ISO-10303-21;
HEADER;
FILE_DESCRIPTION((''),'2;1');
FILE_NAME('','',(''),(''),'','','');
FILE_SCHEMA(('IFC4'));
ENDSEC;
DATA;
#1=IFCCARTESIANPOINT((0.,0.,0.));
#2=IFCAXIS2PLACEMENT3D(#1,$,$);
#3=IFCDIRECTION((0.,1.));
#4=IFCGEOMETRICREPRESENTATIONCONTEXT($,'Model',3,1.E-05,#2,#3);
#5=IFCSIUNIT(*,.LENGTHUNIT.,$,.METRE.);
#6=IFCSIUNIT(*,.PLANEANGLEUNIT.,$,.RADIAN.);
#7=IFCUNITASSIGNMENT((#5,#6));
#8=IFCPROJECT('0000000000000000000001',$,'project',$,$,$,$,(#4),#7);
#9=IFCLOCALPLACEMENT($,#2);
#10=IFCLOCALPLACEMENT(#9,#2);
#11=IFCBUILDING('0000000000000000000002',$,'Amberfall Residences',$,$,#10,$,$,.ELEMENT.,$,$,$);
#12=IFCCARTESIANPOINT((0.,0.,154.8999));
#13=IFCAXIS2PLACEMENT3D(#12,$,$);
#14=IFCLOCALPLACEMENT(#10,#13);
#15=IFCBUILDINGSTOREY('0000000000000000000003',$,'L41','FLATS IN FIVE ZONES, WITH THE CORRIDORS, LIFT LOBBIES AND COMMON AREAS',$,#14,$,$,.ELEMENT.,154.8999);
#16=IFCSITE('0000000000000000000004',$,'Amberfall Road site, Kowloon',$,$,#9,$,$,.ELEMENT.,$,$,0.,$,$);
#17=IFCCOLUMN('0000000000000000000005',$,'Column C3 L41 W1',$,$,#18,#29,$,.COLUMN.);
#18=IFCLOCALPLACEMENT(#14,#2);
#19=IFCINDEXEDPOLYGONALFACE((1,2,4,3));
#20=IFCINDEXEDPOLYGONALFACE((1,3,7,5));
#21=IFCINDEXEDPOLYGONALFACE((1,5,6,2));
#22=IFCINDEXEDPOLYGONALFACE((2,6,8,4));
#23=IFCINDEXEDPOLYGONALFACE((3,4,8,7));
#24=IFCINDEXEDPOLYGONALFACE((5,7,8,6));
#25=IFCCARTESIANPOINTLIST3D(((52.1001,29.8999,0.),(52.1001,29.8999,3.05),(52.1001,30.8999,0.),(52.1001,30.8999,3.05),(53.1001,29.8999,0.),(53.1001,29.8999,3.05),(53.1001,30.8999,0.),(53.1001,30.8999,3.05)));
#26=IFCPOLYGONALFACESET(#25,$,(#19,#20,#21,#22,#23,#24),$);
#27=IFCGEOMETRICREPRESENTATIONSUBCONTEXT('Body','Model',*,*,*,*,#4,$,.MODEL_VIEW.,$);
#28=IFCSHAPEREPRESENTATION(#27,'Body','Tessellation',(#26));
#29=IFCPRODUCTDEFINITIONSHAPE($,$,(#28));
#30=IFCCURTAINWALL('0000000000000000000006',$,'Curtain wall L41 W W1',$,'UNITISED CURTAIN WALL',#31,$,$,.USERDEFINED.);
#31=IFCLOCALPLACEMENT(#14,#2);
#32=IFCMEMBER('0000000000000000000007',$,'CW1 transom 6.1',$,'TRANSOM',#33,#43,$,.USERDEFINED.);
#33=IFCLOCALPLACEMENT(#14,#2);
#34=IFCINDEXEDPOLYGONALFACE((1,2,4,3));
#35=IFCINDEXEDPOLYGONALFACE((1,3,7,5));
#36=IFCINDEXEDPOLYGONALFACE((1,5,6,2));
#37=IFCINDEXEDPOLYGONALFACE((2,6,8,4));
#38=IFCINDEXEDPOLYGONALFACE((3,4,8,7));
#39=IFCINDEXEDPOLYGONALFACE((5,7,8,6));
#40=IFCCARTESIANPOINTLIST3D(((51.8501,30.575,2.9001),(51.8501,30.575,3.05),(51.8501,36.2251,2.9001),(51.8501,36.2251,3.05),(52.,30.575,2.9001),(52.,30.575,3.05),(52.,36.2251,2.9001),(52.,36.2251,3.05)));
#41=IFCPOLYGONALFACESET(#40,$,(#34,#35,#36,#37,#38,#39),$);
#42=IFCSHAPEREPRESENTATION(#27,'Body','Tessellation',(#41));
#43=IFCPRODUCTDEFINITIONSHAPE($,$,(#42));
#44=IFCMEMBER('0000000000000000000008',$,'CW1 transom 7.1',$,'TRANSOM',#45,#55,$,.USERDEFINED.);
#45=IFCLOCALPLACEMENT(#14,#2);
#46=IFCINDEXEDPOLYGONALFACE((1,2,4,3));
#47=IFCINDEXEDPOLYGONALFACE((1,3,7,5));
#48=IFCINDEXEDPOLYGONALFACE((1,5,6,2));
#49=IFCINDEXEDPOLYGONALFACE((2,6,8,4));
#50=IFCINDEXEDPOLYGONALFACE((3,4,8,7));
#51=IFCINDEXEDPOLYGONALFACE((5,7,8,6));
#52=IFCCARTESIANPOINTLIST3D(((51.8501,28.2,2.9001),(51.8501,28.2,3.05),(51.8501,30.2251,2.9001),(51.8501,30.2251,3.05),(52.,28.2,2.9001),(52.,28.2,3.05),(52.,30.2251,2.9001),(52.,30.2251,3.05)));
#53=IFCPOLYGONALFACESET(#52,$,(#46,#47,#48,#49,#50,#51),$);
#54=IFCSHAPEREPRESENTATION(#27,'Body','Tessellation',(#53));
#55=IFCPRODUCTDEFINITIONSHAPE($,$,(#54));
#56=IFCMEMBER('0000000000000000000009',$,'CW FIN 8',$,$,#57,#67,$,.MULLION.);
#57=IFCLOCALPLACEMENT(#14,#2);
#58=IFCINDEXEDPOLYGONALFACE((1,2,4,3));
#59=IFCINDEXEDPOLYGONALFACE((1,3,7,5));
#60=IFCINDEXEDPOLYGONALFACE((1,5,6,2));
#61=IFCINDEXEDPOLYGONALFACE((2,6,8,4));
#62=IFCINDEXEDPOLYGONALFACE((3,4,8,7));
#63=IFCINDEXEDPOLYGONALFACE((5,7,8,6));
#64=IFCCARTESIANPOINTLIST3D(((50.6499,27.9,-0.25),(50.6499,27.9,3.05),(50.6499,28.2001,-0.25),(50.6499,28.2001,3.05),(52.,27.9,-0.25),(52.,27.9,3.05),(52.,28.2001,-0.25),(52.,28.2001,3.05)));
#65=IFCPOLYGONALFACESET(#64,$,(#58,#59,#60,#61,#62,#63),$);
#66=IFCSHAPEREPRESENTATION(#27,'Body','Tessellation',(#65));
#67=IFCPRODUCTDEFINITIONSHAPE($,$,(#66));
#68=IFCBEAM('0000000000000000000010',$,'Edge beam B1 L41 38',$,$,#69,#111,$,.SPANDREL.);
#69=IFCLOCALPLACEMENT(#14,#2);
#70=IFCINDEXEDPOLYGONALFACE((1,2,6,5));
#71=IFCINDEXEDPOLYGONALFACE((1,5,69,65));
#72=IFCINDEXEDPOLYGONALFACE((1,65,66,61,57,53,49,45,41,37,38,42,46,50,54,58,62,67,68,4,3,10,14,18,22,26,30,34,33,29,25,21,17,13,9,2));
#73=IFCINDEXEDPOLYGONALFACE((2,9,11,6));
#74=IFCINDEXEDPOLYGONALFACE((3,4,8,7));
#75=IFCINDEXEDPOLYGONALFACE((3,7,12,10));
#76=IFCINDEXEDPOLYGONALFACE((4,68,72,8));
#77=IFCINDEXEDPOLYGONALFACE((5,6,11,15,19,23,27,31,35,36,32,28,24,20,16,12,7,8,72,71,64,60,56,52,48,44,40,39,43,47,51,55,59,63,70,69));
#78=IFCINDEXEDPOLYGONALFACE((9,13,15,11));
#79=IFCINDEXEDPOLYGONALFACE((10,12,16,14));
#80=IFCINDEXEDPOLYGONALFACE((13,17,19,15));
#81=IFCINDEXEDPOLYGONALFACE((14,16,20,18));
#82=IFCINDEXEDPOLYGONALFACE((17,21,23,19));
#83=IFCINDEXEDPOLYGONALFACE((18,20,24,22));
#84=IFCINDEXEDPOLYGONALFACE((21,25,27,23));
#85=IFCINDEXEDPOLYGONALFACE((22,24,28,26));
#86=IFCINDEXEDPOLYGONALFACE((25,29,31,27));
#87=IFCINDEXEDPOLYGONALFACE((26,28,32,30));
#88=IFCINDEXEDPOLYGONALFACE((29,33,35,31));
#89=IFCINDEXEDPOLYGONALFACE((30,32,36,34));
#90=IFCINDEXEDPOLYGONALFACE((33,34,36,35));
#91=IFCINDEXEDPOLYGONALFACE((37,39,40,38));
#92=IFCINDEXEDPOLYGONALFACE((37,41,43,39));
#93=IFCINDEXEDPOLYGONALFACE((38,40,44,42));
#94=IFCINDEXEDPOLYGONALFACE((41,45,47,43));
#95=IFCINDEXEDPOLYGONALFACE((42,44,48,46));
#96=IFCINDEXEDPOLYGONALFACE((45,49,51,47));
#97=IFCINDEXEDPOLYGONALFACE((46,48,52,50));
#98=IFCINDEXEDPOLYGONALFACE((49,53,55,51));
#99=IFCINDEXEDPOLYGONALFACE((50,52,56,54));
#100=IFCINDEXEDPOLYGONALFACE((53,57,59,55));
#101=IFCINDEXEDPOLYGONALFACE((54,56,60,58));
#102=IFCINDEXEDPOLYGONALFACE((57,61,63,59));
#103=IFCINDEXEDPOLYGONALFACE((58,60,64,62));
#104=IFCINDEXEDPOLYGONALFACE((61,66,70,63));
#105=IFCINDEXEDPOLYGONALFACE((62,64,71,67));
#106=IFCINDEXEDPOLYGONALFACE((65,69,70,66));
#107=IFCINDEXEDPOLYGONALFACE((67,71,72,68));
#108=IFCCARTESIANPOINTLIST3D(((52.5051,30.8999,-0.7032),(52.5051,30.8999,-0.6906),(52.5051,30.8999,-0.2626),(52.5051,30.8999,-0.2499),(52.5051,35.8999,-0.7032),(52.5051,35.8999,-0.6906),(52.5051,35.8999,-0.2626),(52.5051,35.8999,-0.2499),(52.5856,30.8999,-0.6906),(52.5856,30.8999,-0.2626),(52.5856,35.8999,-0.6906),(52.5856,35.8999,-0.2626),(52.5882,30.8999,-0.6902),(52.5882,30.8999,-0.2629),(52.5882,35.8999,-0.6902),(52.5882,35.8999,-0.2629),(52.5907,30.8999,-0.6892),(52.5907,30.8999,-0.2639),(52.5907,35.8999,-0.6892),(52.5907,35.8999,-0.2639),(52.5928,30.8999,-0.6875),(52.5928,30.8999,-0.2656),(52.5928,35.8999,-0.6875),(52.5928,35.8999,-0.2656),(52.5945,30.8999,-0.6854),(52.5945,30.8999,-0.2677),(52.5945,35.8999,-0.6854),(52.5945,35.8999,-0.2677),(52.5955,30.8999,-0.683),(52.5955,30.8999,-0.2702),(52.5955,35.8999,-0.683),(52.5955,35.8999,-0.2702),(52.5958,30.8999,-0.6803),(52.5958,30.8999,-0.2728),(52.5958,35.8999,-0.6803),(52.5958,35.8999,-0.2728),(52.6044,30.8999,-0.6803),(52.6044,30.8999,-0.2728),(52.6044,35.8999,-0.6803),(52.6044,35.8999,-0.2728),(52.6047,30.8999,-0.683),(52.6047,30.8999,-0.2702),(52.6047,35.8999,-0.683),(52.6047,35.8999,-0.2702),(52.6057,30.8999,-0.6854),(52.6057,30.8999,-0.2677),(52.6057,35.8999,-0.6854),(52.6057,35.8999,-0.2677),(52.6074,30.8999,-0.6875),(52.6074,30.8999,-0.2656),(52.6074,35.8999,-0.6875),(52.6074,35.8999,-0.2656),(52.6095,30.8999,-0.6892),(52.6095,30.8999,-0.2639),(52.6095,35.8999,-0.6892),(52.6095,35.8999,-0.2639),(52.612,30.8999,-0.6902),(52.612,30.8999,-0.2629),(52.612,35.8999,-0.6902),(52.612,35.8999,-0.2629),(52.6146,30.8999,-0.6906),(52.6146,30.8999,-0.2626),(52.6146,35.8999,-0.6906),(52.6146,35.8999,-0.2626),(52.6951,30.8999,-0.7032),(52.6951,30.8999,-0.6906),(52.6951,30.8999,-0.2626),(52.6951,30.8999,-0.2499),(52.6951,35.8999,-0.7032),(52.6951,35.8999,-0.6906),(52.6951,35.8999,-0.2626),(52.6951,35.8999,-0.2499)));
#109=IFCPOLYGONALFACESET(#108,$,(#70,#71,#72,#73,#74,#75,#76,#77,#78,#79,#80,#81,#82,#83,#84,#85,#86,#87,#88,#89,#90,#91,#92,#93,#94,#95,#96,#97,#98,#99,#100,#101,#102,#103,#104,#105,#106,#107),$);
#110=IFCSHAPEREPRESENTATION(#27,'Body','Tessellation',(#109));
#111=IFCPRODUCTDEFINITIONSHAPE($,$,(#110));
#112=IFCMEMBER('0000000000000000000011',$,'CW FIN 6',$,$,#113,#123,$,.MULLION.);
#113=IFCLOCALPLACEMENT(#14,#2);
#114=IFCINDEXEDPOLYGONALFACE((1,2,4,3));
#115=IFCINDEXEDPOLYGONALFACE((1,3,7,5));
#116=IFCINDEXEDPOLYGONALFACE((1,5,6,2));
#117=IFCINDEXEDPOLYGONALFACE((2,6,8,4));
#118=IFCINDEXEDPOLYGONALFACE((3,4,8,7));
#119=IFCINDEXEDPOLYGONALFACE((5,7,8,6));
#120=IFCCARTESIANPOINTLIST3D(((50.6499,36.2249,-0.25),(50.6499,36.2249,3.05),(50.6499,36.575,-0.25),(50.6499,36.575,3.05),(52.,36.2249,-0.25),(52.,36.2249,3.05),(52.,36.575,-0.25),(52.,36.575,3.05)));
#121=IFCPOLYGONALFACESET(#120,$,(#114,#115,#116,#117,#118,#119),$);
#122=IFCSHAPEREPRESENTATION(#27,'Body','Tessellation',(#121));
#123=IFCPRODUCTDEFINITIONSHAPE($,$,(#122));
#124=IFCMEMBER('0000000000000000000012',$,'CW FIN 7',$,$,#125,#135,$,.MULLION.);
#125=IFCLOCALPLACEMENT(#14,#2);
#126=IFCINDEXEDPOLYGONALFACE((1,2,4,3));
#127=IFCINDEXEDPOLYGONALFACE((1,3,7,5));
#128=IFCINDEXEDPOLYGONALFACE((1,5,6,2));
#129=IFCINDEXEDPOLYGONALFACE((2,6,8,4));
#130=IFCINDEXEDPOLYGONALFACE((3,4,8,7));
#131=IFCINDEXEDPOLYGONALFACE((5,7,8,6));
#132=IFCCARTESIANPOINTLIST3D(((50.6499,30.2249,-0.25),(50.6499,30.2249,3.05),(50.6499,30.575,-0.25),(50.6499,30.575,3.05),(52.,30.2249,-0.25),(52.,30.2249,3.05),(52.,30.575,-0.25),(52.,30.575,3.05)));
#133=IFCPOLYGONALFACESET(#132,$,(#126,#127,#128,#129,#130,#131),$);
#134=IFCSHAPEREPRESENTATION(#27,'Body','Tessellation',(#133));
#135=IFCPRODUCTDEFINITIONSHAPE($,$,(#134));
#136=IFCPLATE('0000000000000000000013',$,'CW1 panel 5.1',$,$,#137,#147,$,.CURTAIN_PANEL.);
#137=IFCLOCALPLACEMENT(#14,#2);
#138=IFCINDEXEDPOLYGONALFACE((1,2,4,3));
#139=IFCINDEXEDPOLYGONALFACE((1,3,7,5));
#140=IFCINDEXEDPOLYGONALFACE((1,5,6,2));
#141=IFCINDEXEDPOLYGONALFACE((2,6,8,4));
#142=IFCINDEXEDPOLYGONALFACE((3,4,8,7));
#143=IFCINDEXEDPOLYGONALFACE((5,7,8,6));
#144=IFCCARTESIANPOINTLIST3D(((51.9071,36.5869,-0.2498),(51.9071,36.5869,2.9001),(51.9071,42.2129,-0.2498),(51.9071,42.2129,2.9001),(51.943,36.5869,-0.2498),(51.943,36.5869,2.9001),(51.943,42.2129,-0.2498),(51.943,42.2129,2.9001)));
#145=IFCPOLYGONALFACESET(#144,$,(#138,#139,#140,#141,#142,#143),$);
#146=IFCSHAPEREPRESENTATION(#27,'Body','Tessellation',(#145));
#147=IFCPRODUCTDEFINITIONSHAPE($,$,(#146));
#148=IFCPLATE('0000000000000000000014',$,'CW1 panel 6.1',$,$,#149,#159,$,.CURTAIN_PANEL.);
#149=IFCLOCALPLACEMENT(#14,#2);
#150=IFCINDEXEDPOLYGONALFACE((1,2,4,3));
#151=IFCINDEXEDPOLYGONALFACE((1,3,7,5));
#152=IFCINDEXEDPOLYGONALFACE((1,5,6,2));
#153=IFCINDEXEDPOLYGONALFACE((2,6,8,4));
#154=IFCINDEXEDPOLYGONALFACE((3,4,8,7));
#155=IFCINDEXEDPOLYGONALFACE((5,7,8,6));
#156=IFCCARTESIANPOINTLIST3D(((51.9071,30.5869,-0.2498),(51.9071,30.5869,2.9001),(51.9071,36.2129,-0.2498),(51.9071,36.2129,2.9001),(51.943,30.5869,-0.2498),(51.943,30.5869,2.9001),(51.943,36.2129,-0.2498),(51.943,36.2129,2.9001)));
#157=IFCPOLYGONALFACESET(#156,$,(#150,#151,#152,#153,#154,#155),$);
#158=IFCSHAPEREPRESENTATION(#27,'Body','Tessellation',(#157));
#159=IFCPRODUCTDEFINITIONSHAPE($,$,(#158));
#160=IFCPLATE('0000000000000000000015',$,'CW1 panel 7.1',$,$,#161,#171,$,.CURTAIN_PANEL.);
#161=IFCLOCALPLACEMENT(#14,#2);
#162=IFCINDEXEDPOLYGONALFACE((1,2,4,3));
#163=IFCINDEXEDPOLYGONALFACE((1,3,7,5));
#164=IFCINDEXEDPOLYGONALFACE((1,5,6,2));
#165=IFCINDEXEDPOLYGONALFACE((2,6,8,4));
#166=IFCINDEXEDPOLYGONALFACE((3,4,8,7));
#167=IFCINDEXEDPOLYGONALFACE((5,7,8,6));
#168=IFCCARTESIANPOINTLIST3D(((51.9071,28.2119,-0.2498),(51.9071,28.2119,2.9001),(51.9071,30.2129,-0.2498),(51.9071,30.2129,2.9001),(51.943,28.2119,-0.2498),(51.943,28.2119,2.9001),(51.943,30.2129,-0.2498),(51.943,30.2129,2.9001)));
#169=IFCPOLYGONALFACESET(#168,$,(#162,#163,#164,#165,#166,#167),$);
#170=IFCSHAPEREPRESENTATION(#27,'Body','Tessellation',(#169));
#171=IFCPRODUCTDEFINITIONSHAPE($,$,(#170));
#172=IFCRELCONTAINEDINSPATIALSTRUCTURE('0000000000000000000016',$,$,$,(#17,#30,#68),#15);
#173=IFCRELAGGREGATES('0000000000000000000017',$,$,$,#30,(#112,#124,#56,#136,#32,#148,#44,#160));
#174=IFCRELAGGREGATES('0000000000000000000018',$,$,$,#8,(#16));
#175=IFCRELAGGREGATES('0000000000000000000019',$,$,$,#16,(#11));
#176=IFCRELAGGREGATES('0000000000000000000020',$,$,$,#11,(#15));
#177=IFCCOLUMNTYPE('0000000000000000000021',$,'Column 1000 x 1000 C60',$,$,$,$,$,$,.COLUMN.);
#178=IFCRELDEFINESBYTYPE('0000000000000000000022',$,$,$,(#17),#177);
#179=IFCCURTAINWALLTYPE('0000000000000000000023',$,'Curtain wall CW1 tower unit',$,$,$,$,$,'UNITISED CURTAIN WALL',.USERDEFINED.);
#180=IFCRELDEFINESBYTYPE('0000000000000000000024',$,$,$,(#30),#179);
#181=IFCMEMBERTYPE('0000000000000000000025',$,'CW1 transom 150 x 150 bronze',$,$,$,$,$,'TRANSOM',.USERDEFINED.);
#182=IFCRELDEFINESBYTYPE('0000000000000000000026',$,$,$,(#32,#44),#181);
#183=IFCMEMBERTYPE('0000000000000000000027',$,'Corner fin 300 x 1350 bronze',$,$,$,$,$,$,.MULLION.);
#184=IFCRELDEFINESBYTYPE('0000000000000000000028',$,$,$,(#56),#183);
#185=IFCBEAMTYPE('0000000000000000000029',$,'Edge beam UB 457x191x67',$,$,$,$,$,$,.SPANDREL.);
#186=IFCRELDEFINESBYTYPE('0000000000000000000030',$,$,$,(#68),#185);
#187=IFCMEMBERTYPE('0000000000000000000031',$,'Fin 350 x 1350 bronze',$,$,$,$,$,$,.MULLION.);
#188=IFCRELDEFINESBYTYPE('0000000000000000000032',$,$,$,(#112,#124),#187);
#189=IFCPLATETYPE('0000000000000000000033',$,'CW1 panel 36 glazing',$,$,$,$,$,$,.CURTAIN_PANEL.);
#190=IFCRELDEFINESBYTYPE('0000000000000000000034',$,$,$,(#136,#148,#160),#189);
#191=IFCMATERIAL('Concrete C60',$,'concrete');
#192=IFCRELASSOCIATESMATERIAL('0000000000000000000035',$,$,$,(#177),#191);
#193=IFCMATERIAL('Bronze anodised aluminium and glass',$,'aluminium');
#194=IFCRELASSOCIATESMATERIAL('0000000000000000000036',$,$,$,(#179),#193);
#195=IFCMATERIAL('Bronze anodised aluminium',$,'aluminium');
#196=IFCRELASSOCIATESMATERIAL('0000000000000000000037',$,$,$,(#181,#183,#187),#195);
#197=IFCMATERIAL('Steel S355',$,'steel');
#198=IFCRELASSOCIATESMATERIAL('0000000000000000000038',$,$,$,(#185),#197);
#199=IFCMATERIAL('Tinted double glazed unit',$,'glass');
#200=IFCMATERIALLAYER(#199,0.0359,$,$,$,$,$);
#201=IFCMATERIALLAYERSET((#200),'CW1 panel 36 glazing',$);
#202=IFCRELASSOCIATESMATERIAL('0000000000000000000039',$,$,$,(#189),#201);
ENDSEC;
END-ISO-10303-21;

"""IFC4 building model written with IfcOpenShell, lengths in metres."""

from ifc_helpers import new_model, si_unit, direction, frame, origin, origin_2d, place, context, subcontext, project, spatial, rectangle, i_section, extrude, material, layer, layer_set, material_profile, profile_set, type_object, element, aggregate, save


model = new_model("IFC4")

# Units and contexts
model_context = context("Model", 3, precision=1e-05, world=origin(), true_north=direction((0.0, 1.0)))
body_context = subcontext(model_context, "Body", "Model", "MODEL_VIEW")
ifc_project = project(units=[si_unit("LENGTHUNIT", "METRE"), si_unit("PLANEANGLEUNIT", "RADIAN")], contexts=[model_context])

# Site, building, storey
site_placement = place(None, origin())
site = spatial("IfcSite", under=ifc_project, at=site_placement, Name="Amberfall Road site, Kowloon", CompositionType="ELEMENT", RefElevation=0.0)
building_placement = place(site_placement, origin())
building = spatial("IfcBuilding", under=site, at=building_placement, Name="Amberfall Residences", CompositionType="ELEMENT")
storey_placement = place(building_placement, frame((0.0, 0.0, 154.8999)))
storey = spatial("IfcBuildingStorey", under=building, at=storey_placement, Name="L41", Description="FLATS IN FIVE ZONES, WITH THE CORRIDORS, LIFT LOBBIES AND COMMON AREAS", CompositionType="ELEMENT", Elevation=154.8999)

# Column
ifc_material_1 = material(Name="Concrete C60", Category="concrete")
ifc_material_profile_1 = material_profile(ifc_material_1, rectangle(XDim=1.0, YDim=1.0, at=origin_2d()), Name="Column 1000 x 1000 C60")
ifc_profile_set_1 = profile_set([ifc_material_profile_1], Name="Concrete C60")
column_type = type_object("IfcColumnType", Name="Column 1000 x 1000 C60", PredefinedType="COLUMN", material=ifc_profile_set_1)
column_placement = place(storey_placement, frame((52.6001, 30.3999, 0.0), z_axis=(0.0, 0.0, 1.0), x_axis=(1.0, 0.0, 0.0)))
element("IfcColumn", 1, at=column_placement, inside=storey, type_object=column_type, Name="Column C3 L41 W1", PredefinedType="COLUMN", context=body_context, shape_type="SweptSolid", body=[
    extrude(rectangle(XDim=1.0, YDim=1.0, at=origin_2d()), origin(), (0.0, 0.0, 1.0), 3.05),
])

# Curtain wall, members
ifc_material_2 = material(Name="Bronze anodised aluminium and glass", Category="aluminium")
curtain_wall_type = type_object("IfcCurtainWallType", Name="Curtain wall CW1 tower unit", ElementType="UNITISED CURTAIN WALL", PredefinedType="USERDEFINED", material=ifc_material_2)
curtain_wall_placement = place(storey_placement, origin())
curtain_wall = element("IfcCurtainWall", 2, at=curtain_wall_placement, inside=storey, type_object=curtain_wall_type, Name="Curtain wall L41 W W1", ObjectType="UNITISED CURTAIN WALL", PredefinedType="USERDEFINED")
ifc_material_3 = material(Name="Bronze anodised aluminium", Category="aluminium")
ifc_material_profile_2 = material_profile(ifc_material_3, rectangle(XDim=0.1499, YDim=0.1499, at=origin_2d()), Name="CW1 transom 150 x 150 bronze")
ifc_profile_set_2 = profile_set([ifc_material_profile_2], Name="Bronze anodised aluminium")
member_type_1 = type_object("IfcMemberType", Name="CW1 transom 150 x 150 bronze", ElementType="TRANSOM", PredefinedType="USERDEFINED", material=ifc_profile_set_2)
member_1_placement = place(storey_placement, frame((51.925, 36.2251, 2.9751), z_axis=(0.0, -1.0, 0.0), x_axis=(1.0, 0.0, 0.0)))
member_1 = element("IfcMember", 3, at=member_1_placement, type_object=member_type_1, Name="CW1 transom 6.1", ObjectType="TRANSOM", PredefinedType="USERDEFINED", context=body_context, shape_type="SweptSolid", body=[
    extrude(rectangle(XDim=0.1499, YDim=0.1499, at=origin_2d()), origin(), (0.0, 0.0, 1.0), 5.6501),
])
member_2_placement = place(storey_placement, frame((51.925, 30.2251, 2.9751), z_axis=(0.0, -1.0, 0.0), x_axis=(1.0, 0.0, 0.0)))
member_2 = element("IfcMember", 4, at=member_2_placement, type_object=member_type_1, Name="CW1 transom 7.1", ObjectType="TRANSOM", PredefinedType="USERDEFINED", context=body_context, shape_type="SweptSolid", body=[
    extrude(rectangle(XDim=0.1499, YDim=0.1499, at=origin_2d()), origin(), (0.0, 0.0, 1.0), 2.0251),
])
ifc_material_profile_3 = material_profile(ifc_material_3, rectangle(XDim=1.3501, YDim=0.3, at=origin_2d()), Name="Corner fin 300 x 1350 bronze")
ifc_profile_set_3 = profile_set([ifc_material_profile_3], Name="Bronze anodised aluminium")
member_type_2 = type_object("IfcMemberType", Name="Corner fin 300 x 1350 bronze", PredefinedType="MULLION", material=ifc_profile_set_3)
member_3_placement = place(storey_placement, frame((51.325, 28.05, -0.25), z_axis=(0.0, 0.0, 1.0), x_axis=(1.0, 0.0, 0.0)))
member_3 = element("IfcMember", 5, at=member_3_placement, type_object=member_type_2, Name="CW FIN 8", PredefinedType="MULLION", context=body_context, shape_type="SweptSolid", body=[
    extrude(rectangle(XDim=1.3501, YDim=0.3, at=origin_2d()), origin(), (0.0, 0.0, 1.0), 3.3),
])

# Beam
ifc_material_4 = material(Name="Steel S355", Category="steel")
ifc_material_profile_4 = material_profile(ifc_material_4, i_section(OverallWidth=0.1899, OverallDepth=0.4534, WebThickness=0.0085, FlangeThickness=0.0127, FilletRadius=0.0103, at=origin_2d()), Name="UB 457x191x67")
ifc_profile_set_4 = profile_set([ifc_material_profile_4], Name="Steel S355")
beam_type = type_object("IfcBeamType", Name="Edge beam UB 457x191x67", PredefinedType="SPANDREL", material=ifc_profile_set_4)
beam_placement = place(storey_placement, frame((52.6001, 30.8999, -0.4766), z_axis=(0.0, 1.0, 0.0), x_axis=(-1.0, 0.0, 0.0)))
element("IfcBeam", 6, at=beam_placement, inside=storey, type_object=beam_type, Name="Edge beam B1 L41 38", PredefinedType="SPANDREL", context=body_context, shape_type="SweptSolid", body=[
    extrude(i_section(OverallWidth=0.1899, OverallDepth=0.4534, WebThickness=0.0085, FlangeThickness=0.0127, FilletRadius=0.0103, at=origin_2d()), origin(), (0.0, 0.0, 1.0), 5.0),
])

# Members
ifc_material_profile_5 = material_profile(ifc_material_3, rectangle(XDim=1.3501, YDim=0.3501, at=origin_2d()), Name="Fin 350 x 1350 bronze")
ifc_profile_set_5 = profile_set([ifc_material_profile_5], Name="Bronze anodised aluminium")
member_type_3 = type_object("IfcMemberType", Name="Fin 350 x 1350 bronze", PredefinedType="MULLION", material=ifc_profile_set_5)
member_4_placement = place(storey_placement, frame((51.325, 36.3999, -0.25), z_axis=(0.0, 0.0, 1.0), x_axis=(1.0, 0.0, 0.0)))
member_4 = element("IfcMember", 7, at=member_4_placement, type_object=member_type_3, Name="CW FIN 6", PredefinedType="MULLION", context=body_context, shape_type="SweptSolid", body=[
    extrude(rectangle(XDim=1.3501, YDim=0.3501, at=origin_2d()), origin(), (0.0, 0.0, 1.0), 3.3),
])
member_5_placement = place(storey_placement, frame((51.325, 30.3999, -0.25), z_axis=(0.0, 0.0, 1.0), x_axis=(1.0, 0.0, 0.0)))
member_5 = element("IfcMember", 8, at=member_5_placement, type_object=member_type_3, Name="CW FIN 7", PredefinedType="MULLION", context=body_context, shape_type="SweptSolid", body=[
    extrude(rectangle(XDim=1.3501, YDim=0.3501, at=origin_2d()), origin(), (0.0, 0.0, 1.0), 3.3),
])

# Plates
ifc_material_5 = material(Name="Tinted double glazed unit", Category="glass")
ifc_layer_1 = layer(ifc_material_5, 0.0359)
ifc_layer_set_1 = layer_set([ifc_layer_1], Name="CW1 panel 36 glazing")
plate_type = type_object("IfcPlateType", Name="CW1 panel 36 glazing", PredefinedType="CURTAIN_PANEL", material=ifc_layer_set_1)
plate_1_placement = place(storey_placement, frame((51.925, 39.3999, -0.2498), z_axis=(0.0, 0.0, 1.0), x_axis=(0.0, -1.0, 0.0)))
plate_1 = element("IfcPlate", 9, at=plate_1_placement, type_object=plate_type, Name="CW1 panel 5.1", PredefinedType="CURTAIN_PANEL", context=body_context, shape_type="SweptSolid", body=[
    extrude(rectangle(XDim=5.626, YDim=0.0359, at=origin_2d()), origin(), (0.0, 0.0, 1.0), 3.1499),
])
plate_2_placement = place(storey_placement, frame((51.925, 33.3999, -0.2498), z_axis=(0.0, 0.0, 1.0), x_axis=(0.0, -1.0, 0.0)))
plate_2 = element("IfcPlate", 10, at=plate_2_placement, type_object=plate_type, Name="CW1 panel 6.1", PredefinedType="CURTAIN_PANEL", context=body_context, shape_type="SweptSolid", body=[
    extrude(rectangle(XDim=5.626, YDim=0.0359, at=origin_2d()), origin(), (0.0, 0.0, 1.0), 3.1499),
])
plate_3_placement = place(storey_placement, frame((51.925, 29.2124, -0.2498), z_axis=(0.0, 0.0, 1.0), x_axis=(0.0, -1.0, 0.0)))
plate_3 = element("IfcPlate", 11, at=plate_3_placement, type_object=plate_type, Name="CW1 panel 7.1", PredefinedType="CURTAIN_PANEL", context=body_context, shape_type="SweptSolid", body=[
    extrude(rectangle(XDim=2.001, YDim=0.0359, at=origin_2d()), origin(), (0.0, 0.0, 1.0), 3.1499),
])
aggregate(curtain_wall, [member_4, member_5, member_3, plate_1, member_1, plate_2, member_2, plate_3])

save(model, "model.ifc")
